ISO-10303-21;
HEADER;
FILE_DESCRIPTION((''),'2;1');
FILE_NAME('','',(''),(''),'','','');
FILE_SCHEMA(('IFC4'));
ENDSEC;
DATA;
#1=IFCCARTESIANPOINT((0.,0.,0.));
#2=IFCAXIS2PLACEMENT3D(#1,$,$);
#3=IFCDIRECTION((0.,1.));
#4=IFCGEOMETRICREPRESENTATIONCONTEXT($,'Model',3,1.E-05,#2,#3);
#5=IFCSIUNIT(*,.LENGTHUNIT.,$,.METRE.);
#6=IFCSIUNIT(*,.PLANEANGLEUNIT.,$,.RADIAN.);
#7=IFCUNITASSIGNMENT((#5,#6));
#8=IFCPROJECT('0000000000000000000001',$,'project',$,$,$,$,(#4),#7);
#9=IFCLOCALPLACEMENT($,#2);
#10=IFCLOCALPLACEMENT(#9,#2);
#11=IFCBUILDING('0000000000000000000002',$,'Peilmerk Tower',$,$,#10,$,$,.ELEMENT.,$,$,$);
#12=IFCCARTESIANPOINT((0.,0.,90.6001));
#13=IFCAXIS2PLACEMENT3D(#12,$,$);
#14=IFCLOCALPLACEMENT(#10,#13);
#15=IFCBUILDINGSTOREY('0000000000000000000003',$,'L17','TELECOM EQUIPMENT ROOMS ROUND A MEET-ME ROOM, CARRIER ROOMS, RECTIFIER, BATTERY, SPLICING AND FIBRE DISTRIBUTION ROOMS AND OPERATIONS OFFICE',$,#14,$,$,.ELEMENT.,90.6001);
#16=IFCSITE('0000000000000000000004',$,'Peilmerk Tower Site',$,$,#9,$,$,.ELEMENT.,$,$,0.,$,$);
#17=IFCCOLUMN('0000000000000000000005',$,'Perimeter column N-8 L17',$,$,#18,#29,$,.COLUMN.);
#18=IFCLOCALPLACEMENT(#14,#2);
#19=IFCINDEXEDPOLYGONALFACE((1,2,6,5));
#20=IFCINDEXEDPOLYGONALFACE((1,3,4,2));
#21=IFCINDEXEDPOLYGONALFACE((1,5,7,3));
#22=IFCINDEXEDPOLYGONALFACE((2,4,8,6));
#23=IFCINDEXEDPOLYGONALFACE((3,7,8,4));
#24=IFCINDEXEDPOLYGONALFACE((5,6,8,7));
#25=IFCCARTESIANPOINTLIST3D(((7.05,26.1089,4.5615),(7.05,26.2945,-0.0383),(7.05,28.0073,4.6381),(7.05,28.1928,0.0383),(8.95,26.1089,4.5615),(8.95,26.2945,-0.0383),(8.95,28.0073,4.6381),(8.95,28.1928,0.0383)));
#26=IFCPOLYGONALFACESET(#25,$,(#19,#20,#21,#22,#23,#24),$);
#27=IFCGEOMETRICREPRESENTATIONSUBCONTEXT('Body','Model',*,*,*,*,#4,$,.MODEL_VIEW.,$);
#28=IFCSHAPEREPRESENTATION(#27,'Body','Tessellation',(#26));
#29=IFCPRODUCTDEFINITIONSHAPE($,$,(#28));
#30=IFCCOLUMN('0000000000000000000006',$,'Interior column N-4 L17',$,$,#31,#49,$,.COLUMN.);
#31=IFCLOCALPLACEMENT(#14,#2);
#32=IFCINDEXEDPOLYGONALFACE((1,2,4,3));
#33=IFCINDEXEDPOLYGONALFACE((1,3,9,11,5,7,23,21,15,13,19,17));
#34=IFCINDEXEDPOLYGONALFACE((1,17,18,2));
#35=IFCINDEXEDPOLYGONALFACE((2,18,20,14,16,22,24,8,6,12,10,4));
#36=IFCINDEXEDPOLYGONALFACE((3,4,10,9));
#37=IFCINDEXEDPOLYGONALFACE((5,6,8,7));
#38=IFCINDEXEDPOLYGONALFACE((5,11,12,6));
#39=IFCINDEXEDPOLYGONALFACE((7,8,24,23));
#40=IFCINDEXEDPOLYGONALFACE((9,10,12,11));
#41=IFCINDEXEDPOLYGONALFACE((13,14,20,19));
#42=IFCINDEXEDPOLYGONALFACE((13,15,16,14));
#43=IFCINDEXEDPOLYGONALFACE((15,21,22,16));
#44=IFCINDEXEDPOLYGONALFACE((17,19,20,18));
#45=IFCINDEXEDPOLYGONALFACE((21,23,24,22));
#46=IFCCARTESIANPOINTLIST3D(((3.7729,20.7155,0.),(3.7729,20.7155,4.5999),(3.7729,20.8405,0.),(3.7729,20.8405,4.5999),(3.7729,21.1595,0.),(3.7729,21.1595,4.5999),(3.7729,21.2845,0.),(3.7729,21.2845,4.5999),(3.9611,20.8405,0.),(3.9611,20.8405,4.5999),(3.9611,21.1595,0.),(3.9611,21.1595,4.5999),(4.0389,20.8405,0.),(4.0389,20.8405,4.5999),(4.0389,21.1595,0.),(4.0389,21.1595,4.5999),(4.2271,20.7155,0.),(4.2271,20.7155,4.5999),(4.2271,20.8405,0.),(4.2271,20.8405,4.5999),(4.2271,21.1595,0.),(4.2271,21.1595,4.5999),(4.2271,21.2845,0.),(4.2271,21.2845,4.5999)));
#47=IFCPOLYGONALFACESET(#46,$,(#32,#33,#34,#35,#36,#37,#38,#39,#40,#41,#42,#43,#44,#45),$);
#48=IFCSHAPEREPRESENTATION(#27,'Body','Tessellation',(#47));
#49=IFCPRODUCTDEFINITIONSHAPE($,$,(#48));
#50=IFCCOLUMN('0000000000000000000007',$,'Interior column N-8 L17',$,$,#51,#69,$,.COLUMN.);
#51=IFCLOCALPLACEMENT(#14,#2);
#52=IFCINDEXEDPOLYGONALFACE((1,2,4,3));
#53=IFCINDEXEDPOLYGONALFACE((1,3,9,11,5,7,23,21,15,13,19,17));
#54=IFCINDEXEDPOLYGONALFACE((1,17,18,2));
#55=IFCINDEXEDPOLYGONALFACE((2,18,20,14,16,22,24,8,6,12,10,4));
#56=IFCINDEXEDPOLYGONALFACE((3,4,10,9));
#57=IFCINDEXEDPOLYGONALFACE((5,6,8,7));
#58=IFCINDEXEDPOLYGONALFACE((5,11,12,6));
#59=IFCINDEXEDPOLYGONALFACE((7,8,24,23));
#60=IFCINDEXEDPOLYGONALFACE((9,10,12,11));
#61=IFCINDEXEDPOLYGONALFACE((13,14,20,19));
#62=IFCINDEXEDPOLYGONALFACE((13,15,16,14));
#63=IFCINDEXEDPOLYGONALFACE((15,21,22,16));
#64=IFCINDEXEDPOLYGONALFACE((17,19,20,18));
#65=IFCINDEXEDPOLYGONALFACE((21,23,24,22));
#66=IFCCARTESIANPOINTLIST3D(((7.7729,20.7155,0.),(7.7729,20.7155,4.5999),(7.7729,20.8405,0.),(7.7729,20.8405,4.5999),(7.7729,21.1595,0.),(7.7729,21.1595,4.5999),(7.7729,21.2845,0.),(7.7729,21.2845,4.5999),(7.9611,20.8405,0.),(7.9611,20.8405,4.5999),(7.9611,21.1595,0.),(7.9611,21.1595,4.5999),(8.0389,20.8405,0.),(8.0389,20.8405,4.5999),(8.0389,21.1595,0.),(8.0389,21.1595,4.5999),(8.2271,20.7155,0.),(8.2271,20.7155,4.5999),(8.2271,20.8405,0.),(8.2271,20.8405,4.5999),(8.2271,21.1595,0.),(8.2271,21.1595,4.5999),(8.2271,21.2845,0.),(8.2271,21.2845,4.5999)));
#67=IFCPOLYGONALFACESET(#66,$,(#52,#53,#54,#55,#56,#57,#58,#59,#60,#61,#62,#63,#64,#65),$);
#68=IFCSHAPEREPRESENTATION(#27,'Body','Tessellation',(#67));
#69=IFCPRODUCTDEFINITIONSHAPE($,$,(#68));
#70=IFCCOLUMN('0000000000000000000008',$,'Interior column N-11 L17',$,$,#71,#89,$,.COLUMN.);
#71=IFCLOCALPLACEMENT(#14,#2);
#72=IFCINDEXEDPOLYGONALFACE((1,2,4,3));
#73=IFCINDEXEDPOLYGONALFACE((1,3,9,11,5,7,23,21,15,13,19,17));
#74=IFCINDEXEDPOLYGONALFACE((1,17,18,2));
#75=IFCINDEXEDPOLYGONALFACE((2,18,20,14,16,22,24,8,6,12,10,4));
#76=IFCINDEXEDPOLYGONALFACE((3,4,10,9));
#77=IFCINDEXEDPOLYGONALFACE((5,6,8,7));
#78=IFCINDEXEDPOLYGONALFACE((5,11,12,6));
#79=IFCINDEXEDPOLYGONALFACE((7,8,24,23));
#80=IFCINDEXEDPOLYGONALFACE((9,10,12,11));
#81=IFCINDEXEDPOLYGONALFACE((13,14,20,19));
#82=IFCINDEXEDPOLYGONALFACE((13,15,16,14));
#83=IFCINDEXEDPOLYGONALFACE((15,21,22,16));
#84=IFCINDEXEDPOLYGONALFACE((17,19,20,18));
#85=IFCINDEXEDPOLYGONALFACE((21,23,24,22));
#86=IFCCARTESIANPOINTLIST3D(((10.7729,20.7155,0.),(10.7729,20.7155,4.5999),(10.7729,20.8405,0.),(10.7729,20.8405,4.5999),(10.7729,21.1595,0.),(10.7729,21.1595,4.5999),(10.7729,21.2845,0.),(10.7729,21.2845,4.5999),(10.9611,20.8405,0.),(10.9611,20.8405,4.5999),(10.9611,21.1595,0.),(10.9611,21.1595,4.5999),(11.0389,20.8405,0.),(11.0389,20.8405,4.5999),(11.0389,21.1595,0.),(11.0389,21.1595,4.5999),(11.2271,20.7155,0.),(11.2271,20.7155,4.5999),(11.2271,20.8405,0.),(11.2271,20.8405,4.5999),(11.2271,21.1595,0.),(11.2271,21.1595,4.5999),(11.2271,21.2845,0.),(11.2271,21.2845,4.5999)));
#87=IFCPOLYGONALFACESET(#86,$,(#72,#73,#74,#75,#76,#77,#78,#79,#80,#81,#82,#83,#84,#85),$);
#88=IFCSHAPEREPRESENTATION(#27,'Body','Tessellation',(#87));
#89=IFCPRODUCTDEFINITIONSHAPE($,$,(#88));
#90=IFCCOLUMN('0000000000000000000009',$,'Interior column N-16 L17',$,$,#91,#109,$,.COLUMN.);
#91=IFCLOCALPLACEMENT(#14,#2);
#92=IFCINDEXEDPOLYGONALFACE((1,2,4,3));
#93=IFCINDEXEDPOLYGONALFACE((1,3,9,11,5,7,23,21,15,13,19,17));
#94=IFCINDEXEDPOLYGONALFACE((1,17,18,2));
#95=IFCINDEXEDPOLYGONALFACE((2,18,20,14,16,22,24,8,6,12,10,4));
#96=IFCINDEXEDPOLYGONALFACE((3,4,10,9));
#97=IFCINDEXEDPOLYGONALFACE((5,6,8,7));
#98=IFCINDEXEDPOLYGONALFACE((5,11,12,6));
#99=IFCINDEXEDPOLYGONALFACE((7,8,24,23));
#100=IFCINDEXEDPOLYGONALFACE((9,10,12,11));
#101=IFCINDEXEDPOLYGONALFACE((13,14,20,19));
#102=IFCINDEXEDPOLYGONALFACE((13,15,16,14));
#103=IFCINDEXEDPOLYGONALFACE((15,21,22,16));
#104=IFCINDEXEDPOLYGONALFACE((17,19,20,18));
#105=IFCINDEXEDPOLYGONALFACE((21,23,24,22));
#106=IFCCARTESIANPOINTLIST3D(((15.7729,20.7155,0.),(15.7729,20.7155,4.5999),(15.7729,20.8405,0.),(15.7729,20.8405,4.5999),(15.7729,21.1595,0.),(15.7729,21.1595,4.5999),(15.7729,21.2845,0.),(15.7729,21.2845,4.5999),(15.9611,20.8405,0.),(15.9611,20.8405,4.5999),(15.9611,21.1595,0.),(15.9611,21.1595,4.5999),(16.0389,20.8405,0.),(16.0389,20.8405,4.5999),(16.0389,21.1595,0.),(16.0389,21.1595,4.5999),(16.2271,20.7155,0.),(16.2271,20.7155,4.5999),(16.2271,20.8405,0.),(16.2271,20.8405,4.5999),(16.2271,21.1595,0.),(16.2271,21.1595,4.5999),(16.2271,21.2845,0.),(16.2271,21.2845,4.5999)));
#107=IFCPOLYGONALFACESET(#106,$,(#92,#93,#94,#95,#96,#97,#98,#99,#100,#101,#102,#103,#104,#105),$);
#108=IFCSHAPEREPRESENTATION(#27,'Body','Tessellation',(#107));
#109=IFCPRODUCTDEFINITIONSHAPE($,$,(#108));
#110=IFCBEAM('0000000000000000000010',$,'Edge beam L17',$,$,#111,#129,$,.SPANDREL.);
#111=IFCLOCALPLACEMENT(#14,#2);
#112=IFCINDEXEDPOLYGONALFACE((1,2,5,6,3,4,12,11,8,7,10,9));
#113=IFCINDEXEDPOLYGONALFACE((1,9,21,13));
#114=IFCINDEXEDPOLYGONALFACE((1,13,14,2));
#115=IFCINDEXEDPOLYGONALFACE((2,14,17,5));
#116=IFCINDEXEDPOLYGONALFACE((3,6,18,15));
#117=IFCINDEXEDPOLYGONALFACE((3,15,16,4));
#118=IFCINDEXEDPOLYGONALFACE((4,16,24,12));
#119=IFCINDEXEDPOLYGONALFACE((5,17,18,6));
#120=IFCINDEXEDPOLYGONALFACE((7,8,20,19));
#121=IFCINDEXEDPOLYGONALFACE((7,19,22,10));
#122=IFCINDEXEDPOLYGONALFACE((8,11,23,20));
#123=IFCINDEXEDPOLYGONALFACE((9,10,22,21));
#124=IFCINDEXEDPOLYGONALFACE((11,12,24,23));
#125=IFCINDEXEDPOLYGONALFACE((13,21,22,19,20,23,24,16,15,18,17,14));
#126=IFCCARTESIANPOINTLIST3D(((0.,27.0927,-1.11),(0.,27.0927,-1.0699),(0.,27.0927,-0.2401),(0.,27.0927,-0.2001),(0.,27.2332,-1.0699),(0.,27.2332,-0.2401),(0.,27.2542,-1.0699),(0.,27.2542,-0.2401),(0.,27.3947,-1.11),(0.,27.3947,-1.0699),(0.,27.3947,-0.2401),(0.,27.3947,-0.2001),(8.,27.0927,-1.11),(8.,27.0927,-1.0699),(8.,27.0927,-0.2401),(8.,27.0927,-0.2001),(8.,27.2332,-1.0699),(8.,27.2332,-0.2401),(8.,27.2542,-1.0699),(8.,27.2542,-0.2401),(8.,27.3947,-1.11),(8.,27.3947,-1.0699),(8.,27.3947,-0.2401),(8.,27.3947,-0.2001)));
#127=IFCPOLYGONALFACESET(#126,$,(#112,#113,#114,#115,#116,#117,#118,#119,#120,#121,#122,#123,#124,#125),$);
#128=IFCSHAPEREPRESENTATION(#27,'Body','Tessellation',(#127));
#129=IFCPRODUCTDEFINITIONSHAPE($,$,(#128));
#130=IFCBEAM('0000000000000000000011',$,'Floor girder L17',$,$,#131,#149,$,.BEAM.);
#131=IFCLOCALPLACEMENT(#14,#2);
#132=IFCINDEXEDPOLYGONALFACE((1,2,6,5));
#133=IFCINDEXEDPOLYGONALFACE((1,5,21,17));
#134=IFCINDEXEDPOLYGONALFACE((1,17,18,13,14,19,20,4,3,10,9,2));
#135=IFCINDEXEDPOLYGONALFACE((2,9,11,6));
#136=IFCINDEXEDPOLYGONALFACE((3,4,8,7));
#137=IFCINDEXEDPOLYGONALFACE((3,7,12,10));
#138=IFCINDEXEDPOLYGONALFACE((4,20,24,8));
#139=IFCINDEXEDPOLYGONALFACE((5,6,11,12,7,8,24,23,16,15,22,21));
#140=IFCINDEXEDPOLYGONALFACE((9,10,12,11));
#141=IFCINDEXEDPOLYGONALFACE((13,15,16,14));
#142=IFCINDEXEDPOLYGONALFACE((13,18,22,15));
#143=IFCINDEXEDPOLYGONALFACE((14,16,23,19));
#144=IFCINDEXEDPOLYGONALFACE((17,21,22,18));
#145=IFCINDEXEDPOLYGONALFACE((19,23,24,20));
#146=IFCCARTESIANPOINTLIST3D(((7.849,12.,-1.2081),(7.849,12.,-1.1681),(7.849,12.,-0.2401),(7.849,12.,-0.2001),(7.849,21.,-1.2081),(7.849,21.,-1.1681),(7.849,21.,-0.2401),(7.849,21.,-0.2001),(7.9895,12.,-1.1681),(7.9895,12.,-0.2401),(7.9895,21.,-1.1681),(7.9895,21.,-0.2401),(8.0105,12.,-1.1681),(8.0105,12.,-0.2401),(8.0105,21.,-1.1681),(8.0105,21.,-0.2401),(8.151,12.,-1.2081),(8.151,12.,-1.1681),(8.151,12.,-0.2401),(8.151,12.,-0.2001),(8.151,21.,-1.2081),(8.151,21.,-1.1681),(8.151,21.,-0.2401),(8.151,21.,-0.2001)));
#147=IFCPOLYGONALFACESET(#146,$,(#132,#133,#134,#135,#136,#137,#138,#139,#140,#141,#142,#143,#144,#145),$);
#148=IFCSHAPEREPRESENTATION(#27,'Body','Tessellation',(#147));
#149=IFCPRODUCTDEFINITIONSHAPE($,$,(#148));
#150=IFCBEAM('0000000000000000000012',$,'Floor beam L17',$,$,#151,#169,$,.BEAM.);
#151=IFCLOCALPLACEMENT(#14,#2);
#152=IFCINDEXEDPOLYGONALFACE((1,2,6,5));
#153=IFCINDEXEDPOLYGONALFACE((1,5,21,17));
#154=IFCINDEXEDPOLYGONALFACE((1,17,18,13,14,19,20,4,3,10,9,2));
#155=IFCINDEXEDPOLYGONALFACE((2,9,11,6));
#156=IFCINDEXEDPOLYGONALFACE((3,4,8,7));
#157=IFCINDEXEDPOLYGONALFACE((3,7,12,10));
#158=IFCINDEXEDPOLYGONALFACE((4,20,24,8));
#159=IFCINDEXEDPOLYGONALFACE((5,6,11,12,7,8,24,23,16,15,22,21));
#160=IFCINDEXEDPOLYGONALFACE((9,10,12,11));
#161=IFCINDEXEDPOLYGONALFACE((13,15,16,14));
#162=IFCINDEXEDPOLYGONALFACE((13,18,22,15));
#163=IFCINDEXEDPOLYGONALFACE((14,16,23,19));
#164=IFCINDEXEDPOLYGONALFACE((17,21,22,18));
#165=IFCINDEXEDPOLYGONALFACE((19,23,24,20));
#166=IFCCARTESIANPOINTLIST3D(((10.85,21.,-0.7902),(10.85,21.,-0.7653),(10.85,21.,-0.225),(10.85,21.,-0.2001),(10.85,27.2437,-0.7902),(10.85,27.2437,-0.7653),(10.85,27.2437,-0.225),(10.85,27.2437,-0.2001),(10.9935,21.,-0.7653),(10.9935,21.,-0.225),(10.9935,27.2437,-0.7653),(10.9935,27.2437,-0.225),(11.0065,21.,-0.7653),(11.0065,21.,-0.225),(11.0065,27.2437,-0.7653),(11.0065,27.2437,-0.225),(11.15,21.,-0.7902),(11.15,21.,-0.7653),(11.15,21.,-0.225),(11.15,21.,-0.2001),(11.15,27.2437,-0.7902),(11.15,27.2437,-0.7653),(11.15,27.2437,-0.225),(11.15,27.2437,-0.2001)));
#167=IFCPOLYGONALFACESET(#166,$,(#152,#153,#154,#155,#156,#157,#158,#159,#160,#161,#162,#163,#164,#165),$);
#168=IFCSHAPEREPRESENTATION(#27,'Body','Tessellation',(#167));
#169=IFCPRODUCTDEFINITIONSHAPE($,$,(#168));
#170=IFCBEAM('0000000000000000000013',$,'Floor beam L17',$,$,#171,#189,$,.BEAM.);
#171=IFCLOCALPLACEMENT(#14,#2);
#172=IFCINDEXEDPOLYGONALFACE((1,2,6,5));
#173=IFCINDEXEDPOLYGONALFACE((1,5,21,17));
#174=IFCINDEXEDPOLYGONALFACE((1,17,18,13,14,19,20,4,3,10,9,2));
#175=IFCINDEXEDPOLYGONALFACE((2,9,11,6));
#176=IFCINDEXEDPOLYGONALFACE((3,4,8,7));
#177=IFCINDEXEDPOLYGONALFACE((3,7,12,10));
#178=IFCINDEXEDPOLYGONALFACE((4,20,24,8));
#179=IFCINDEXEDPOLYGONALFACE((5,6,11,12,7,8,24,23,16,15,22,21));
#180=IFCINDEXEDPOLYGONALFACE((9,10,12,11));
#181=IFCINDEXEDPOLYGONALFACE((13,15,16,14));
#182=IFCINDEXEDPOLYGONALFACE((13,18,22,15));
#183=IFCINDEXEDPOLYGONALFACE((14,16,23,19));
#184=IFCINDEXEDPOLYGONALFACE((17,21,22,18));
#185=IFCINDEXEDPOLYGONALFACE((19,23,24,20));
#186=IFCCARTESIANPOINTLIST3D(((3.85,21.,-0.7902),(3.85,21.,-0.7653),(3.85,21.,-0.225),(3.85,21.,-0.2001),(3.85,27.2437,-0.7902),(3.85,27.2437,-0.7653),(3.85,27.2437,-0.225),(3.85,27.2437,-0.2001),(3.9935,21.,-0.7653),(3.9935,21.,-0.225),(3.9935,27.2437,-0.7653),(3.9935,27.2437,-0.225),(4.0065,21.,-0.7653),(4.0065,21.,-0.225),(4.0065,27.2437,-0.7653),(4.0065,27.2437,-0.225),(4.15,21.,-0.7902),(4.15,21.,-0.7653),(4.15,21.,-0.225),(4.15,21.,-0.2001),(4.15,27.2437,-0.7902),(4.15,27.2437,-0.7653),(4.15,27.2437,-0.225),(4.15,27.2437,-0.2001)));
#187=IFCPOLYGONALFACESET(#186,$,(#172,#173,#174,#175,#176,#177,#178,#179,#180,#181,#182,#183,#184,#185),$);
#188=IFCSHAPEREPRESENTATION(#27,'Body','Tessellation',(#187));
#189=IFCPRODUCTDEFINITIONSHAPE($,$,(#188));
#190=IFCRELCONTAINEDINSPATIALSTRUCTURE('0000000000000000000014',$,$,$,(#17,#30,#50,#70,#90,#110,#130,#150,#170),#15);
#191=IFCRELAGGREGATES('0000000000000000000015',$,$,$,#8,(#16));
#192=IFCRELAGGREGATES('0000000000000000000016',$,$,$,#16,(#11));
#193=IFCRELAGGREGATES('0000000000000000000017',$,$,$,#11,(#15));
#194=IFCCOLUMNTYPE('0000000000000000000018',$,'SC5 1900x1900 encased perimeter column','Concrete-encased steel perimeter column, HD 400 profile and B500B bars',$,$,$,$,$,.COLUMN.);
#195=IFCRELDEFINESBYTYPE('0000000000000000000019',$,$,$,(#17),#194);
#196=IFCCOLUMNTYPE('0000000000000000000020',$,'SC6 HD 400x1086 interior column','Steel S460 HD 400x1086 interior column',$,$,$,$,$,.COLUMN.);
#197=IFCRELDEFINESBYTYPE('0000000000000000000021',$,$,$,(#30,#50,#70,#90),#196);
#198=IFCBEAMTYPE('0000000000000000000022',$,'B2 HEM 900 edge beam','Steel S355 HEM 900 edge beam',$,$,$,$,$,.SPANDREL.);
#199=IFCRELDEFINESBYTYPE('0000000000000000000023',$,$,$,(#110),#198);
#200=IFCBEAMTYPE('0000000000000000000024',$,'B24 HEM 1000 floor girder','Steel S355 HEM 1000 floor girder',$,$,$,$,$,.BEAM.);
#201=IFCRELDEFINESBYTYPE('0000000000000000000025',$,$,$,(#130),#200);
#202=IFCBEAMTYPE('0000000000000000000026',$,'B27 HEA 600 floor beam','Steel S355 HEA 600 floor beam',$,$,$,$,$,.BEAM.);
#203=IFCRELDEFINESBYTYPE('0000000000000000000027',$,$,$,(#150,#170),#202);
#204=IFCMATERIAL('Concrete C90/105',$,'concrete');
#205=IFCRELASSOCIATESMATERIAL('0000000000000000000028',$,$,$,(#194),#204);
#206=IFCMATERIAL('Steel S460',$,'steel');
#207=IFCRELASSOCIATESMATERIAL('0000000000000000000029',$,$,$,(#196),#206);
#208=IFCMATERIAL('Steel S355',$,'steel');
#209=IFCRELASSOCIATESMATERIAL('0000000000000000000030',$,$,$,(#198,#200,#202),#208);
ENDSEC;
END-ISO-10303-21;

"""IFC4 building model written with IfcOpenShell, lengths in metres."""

from ifc_helpers import new_model, si_unit, direction, frame, origin, origin_2d, place, context, subcontext, project, spatial, rectangle, i_section, extrude, material, material_profile, profile_set, type_object, element, save


model = new_model("IFC4")

# Units and contexts
model_context = context("Model", 3, precision=1e-05, world=origin(), true_north=direction((0.0, 1.0)))
body_context = subcontext(model_context, "Body", "Model", "MODEL_VIEW")
ifc_project = project(units=[si_unit("LENGTHUNIT", "METRE"), si_unit("PLANEANGLEUNIT", "RADIAN")], contexts=[model_context])

# Site, building, storey
site_placement = place(None, origin())
site = spatial("IfcSite", under=ifc_project, at=site_placement, Name="Peilmerk Tower Site", CompositionType="ELEMENT", RefElevation=0.0)
building_placement = place(site_placement, origin())
building = spatial("IfcBuilding", under=site, at=building_placement, Name="Peilmerk Tower", CompositionType="ELEMENT")
storey_placement = place(building_placement, frame((0.0, 0.0, 90.6001)))
storey = spatial("IfcBuildingStorey", under=building, at=storey_placement, Name="L17", Description="TELECOM EQUIPMENT ROOMS ROUND A MEET-ME ROOM, CARRIER ROOMS, RECTIFIER, BATTERY, SPLICING AND FIBRE DISTRIBUTION ROOMS AND OPERATIONS OFFICE", CompositionType="ELEMENT", Elevation=90.6001)

# Columns
ifc_material_1 = material(Name="Concrete C90/105", Category="concrete")
ifc_material_profile_1 = material_profile(ifc_material_1, rectangle(XDim=1.8999, YDim=1.8999, at=origin_2d()), Name="RC 1900x1900")
ifc_profile_set_1 = profile_set([ifc_material_profile_1], Name="Concrete C90/105")
column_type_1 = type_object("IfcColumnType", Name="SC5 1900x1900 encased perimeter column", Description="Concrete-encased steel perimeter column, HD 400 profile and B500B bars", PredefinedType="COLUMN", material=ifc_profile_set_1)
column_placement = place(storey_placement, frame((8.0, 27.2437, 0.0), z_axis=(0.0, -0.040305, 0.999187), x_axis=(1.0, 0.0, 0.0)))
element("IfcColumn", 1, at=column_placement, inside=storey, type_object=column_type_1, Name="Perimeter column N-8 L17", PredefinedType="COLUMN", context=body_context, shape_type="SweptSolid", body=[
    extrude(rectangle(XDim=1.8999, YDim=1.8999, at=origin_2d()), origin(), (0.0, 0.0, 1.0), 4.6035),
])
ifc_material_2 = material(Name="Steel S460", Category="steel")
ifc_material_profile_2 = material_profile(ifc_material_2, i_section(OverallWidth=0.4541, OverallDepth=0.5691, WebThickness=0.0779, FlangeThickness=0.125, at=origin_2d()), Name="HD 400x1086")
ifc_profile_set_2 = profile_set([ifc_material_profile_2], Name="Steel S460")
column_type_2 = type_object("IfcColumnType", Name="SC6 HD 400x1086 interior column", Description="Steel S460 HD 400x1086 interior column", PredefinedType="COLUMN", material=ifc_profile_set_2)
for number, where, z_axis, x_axis, name in (
    (2, (4.0, 21.0, 0.0), (0.0, 0.0, 1.0), (1.0, 0.0, 0.0), "Interior column N-4 L17"),
    (3, (8.0, 21.0, 0.0), (0.0, 0.0, 1.0), (1.0, 0.0, 0.0), "Interior column N-8 L17"),
    (4, (11.0, 21.0, 0.0), (0.0, 0.0, 1.0), (1.0, 0.0, 0.0), "Interior column N-11 L17"),
    (5, (16.0, 21.0, 0.0), (0.0, 0.0, 1.0), (1.0, 0.0, 0.0), "Interior column N-16 L17"),
):
    element("IfcColumn", number, at=place(storey_placement, frame(where, z_axis=z_axis, x_axis=x_axis)), inside=storey, type_object=column_type_2, Name=name, PredefinedType="COLUMN", context=body_context, shape_type="SweptSolid", body=[
        extrude(i_section(OverallWidth=0.4541, OverallDepth=0.5691, WebThickness=0.0779, FlangeThickness=0.125, at=origin_2d()), origin(), (0.0, 0.0, 1.0), 4.5999),
    ])

# Beams
ifc_material_3 = material(Name="Steel S355", Category="steel")
ifc_material_profile_3 = material_profile(ifc_material_3, i_section(OverallWidth=0.302, OverallDepth=0.9099, WebThickness=0.021, FlangeThickness=0.04, at=origin_2d()), Name="HEM 900")
ifc_profile_set_3 = profile_set([ifc_material_profile_3], Name="Steel S355")
beam_type_1 = type_object("IfcBeamType", Name="B2 HEM 900 edge beam", Description="Steel S355 HEM 900 edge beam", PredefinedType="SPANDREL", material=ifc_profile_set_3)
beam_1_placement = place(storey_placement, frame((8.0, 27.2437, -0.655), z_axis=(-1.0, 0.0, 0.0), x_axis=(0.0, -1.0, 0.0)))
element("IfcBeam", 6, at=beam_1_placement, inside=storey, type_object=beam_type_1, Name="Edge beam L17", PredefinedType="SPANDREL", context=body_context, shape_type="SweptSolid", body=[
    extrude(i_section(OverallWidth=0.302, OverallDepth=0.9099, WebThickness=0.021, FlangeThickness=0.04, at=origin_2d()), origin(), (0.0, 0.0, 1.0), 8.0),
])
ifc_material_profile_4 = material_profile(ifc_material_3, i_section(OverallWidth=0.302, OverallDepth=1.0081, WebThickness=0.021, FlangeThickness=0.04, at=origin_2d()), Name="HEM 1000")
ifc_profile_set_4 = profile_set([ifc_material_profile_4], Name="Steel S355")
beam_type_2 = type_object("IfcBeamType", Name="B24 HEM 1000 floor girder", Description="Steel S355 HEM 1000 floor girder", PredefinedType="BEAM", material=ifc_profile_set_4)
beam_2_placement = place(storey_placement, frame((8.0, 12.0, -0.7041), z_axis=(0.0, 1.0, 0.0), x_axis=(-1.0, 0.0, 0.0)))
element("IfcBeam", 7, at=beam_2_placement, inside=storey, type_object=beam_type_2, Name="Floor girder L17", PredefinedType="BEAM", context=body_context, shape_type="SweptSolid", body=[
    extrude(i_section(OverallWidth=0.302, OverallDepth=1.0081, WebThickness=0.021, FlangeThickness=0.04, at=origin_2d()), origin(), (0.0, 0.0, 1.0), 9.0),
])
ifc_material_profile_5 = material_profile(ifc_material_3, i_section(OverallWidth=0.3, OverallDepth=0.5901, WebThickness=0.0129, FlangeThickness=0.0249, at=origin_2d()), Name="HEA 600")
ifc_profile_set_5 = profile_set([ifc_material_profile_5], Name="Steel S355")
beam_type_3 = type_object("IfcBeamType", Name="B27 HEA 600 floor beam", Description="Steel S355 HEA 600 floor beam", PredefinedType="BEAM", material=ifc_profile_set_5)
for number, where, z_axis, x_axis, name in (
    (8, (11.0, 21.0, -0.4951), (0.0, 1.0, 0.0), (-1.0, 0.0, 0.0), "Floor beam L17"),
    (9, (4.0, 21.0, -0.4951), (0.0, 1.0, 0.0), (-1.0, 0.0, 0.0), "Floor beam L17"),
):
    element("IfcBeam", number, at=place(storey_placement, frame(where, z_axis=z_axis, x_axis=x_axis)), inside=storey, type_object=beam_type_3, Name=name, PredefinedType="BEAM", context=body_context, shape_type="SweptSolid", body=[
        extrude(i_section(OverallWidth=0.3, OverallDepth=0.5901, WebThickness=0.0129, FlangeThickness=0.0249, at=origin_2d()), origin(), (0.0, 0.0, 1.0), 6.2437),
    ])

save(model, "model.ifc")
